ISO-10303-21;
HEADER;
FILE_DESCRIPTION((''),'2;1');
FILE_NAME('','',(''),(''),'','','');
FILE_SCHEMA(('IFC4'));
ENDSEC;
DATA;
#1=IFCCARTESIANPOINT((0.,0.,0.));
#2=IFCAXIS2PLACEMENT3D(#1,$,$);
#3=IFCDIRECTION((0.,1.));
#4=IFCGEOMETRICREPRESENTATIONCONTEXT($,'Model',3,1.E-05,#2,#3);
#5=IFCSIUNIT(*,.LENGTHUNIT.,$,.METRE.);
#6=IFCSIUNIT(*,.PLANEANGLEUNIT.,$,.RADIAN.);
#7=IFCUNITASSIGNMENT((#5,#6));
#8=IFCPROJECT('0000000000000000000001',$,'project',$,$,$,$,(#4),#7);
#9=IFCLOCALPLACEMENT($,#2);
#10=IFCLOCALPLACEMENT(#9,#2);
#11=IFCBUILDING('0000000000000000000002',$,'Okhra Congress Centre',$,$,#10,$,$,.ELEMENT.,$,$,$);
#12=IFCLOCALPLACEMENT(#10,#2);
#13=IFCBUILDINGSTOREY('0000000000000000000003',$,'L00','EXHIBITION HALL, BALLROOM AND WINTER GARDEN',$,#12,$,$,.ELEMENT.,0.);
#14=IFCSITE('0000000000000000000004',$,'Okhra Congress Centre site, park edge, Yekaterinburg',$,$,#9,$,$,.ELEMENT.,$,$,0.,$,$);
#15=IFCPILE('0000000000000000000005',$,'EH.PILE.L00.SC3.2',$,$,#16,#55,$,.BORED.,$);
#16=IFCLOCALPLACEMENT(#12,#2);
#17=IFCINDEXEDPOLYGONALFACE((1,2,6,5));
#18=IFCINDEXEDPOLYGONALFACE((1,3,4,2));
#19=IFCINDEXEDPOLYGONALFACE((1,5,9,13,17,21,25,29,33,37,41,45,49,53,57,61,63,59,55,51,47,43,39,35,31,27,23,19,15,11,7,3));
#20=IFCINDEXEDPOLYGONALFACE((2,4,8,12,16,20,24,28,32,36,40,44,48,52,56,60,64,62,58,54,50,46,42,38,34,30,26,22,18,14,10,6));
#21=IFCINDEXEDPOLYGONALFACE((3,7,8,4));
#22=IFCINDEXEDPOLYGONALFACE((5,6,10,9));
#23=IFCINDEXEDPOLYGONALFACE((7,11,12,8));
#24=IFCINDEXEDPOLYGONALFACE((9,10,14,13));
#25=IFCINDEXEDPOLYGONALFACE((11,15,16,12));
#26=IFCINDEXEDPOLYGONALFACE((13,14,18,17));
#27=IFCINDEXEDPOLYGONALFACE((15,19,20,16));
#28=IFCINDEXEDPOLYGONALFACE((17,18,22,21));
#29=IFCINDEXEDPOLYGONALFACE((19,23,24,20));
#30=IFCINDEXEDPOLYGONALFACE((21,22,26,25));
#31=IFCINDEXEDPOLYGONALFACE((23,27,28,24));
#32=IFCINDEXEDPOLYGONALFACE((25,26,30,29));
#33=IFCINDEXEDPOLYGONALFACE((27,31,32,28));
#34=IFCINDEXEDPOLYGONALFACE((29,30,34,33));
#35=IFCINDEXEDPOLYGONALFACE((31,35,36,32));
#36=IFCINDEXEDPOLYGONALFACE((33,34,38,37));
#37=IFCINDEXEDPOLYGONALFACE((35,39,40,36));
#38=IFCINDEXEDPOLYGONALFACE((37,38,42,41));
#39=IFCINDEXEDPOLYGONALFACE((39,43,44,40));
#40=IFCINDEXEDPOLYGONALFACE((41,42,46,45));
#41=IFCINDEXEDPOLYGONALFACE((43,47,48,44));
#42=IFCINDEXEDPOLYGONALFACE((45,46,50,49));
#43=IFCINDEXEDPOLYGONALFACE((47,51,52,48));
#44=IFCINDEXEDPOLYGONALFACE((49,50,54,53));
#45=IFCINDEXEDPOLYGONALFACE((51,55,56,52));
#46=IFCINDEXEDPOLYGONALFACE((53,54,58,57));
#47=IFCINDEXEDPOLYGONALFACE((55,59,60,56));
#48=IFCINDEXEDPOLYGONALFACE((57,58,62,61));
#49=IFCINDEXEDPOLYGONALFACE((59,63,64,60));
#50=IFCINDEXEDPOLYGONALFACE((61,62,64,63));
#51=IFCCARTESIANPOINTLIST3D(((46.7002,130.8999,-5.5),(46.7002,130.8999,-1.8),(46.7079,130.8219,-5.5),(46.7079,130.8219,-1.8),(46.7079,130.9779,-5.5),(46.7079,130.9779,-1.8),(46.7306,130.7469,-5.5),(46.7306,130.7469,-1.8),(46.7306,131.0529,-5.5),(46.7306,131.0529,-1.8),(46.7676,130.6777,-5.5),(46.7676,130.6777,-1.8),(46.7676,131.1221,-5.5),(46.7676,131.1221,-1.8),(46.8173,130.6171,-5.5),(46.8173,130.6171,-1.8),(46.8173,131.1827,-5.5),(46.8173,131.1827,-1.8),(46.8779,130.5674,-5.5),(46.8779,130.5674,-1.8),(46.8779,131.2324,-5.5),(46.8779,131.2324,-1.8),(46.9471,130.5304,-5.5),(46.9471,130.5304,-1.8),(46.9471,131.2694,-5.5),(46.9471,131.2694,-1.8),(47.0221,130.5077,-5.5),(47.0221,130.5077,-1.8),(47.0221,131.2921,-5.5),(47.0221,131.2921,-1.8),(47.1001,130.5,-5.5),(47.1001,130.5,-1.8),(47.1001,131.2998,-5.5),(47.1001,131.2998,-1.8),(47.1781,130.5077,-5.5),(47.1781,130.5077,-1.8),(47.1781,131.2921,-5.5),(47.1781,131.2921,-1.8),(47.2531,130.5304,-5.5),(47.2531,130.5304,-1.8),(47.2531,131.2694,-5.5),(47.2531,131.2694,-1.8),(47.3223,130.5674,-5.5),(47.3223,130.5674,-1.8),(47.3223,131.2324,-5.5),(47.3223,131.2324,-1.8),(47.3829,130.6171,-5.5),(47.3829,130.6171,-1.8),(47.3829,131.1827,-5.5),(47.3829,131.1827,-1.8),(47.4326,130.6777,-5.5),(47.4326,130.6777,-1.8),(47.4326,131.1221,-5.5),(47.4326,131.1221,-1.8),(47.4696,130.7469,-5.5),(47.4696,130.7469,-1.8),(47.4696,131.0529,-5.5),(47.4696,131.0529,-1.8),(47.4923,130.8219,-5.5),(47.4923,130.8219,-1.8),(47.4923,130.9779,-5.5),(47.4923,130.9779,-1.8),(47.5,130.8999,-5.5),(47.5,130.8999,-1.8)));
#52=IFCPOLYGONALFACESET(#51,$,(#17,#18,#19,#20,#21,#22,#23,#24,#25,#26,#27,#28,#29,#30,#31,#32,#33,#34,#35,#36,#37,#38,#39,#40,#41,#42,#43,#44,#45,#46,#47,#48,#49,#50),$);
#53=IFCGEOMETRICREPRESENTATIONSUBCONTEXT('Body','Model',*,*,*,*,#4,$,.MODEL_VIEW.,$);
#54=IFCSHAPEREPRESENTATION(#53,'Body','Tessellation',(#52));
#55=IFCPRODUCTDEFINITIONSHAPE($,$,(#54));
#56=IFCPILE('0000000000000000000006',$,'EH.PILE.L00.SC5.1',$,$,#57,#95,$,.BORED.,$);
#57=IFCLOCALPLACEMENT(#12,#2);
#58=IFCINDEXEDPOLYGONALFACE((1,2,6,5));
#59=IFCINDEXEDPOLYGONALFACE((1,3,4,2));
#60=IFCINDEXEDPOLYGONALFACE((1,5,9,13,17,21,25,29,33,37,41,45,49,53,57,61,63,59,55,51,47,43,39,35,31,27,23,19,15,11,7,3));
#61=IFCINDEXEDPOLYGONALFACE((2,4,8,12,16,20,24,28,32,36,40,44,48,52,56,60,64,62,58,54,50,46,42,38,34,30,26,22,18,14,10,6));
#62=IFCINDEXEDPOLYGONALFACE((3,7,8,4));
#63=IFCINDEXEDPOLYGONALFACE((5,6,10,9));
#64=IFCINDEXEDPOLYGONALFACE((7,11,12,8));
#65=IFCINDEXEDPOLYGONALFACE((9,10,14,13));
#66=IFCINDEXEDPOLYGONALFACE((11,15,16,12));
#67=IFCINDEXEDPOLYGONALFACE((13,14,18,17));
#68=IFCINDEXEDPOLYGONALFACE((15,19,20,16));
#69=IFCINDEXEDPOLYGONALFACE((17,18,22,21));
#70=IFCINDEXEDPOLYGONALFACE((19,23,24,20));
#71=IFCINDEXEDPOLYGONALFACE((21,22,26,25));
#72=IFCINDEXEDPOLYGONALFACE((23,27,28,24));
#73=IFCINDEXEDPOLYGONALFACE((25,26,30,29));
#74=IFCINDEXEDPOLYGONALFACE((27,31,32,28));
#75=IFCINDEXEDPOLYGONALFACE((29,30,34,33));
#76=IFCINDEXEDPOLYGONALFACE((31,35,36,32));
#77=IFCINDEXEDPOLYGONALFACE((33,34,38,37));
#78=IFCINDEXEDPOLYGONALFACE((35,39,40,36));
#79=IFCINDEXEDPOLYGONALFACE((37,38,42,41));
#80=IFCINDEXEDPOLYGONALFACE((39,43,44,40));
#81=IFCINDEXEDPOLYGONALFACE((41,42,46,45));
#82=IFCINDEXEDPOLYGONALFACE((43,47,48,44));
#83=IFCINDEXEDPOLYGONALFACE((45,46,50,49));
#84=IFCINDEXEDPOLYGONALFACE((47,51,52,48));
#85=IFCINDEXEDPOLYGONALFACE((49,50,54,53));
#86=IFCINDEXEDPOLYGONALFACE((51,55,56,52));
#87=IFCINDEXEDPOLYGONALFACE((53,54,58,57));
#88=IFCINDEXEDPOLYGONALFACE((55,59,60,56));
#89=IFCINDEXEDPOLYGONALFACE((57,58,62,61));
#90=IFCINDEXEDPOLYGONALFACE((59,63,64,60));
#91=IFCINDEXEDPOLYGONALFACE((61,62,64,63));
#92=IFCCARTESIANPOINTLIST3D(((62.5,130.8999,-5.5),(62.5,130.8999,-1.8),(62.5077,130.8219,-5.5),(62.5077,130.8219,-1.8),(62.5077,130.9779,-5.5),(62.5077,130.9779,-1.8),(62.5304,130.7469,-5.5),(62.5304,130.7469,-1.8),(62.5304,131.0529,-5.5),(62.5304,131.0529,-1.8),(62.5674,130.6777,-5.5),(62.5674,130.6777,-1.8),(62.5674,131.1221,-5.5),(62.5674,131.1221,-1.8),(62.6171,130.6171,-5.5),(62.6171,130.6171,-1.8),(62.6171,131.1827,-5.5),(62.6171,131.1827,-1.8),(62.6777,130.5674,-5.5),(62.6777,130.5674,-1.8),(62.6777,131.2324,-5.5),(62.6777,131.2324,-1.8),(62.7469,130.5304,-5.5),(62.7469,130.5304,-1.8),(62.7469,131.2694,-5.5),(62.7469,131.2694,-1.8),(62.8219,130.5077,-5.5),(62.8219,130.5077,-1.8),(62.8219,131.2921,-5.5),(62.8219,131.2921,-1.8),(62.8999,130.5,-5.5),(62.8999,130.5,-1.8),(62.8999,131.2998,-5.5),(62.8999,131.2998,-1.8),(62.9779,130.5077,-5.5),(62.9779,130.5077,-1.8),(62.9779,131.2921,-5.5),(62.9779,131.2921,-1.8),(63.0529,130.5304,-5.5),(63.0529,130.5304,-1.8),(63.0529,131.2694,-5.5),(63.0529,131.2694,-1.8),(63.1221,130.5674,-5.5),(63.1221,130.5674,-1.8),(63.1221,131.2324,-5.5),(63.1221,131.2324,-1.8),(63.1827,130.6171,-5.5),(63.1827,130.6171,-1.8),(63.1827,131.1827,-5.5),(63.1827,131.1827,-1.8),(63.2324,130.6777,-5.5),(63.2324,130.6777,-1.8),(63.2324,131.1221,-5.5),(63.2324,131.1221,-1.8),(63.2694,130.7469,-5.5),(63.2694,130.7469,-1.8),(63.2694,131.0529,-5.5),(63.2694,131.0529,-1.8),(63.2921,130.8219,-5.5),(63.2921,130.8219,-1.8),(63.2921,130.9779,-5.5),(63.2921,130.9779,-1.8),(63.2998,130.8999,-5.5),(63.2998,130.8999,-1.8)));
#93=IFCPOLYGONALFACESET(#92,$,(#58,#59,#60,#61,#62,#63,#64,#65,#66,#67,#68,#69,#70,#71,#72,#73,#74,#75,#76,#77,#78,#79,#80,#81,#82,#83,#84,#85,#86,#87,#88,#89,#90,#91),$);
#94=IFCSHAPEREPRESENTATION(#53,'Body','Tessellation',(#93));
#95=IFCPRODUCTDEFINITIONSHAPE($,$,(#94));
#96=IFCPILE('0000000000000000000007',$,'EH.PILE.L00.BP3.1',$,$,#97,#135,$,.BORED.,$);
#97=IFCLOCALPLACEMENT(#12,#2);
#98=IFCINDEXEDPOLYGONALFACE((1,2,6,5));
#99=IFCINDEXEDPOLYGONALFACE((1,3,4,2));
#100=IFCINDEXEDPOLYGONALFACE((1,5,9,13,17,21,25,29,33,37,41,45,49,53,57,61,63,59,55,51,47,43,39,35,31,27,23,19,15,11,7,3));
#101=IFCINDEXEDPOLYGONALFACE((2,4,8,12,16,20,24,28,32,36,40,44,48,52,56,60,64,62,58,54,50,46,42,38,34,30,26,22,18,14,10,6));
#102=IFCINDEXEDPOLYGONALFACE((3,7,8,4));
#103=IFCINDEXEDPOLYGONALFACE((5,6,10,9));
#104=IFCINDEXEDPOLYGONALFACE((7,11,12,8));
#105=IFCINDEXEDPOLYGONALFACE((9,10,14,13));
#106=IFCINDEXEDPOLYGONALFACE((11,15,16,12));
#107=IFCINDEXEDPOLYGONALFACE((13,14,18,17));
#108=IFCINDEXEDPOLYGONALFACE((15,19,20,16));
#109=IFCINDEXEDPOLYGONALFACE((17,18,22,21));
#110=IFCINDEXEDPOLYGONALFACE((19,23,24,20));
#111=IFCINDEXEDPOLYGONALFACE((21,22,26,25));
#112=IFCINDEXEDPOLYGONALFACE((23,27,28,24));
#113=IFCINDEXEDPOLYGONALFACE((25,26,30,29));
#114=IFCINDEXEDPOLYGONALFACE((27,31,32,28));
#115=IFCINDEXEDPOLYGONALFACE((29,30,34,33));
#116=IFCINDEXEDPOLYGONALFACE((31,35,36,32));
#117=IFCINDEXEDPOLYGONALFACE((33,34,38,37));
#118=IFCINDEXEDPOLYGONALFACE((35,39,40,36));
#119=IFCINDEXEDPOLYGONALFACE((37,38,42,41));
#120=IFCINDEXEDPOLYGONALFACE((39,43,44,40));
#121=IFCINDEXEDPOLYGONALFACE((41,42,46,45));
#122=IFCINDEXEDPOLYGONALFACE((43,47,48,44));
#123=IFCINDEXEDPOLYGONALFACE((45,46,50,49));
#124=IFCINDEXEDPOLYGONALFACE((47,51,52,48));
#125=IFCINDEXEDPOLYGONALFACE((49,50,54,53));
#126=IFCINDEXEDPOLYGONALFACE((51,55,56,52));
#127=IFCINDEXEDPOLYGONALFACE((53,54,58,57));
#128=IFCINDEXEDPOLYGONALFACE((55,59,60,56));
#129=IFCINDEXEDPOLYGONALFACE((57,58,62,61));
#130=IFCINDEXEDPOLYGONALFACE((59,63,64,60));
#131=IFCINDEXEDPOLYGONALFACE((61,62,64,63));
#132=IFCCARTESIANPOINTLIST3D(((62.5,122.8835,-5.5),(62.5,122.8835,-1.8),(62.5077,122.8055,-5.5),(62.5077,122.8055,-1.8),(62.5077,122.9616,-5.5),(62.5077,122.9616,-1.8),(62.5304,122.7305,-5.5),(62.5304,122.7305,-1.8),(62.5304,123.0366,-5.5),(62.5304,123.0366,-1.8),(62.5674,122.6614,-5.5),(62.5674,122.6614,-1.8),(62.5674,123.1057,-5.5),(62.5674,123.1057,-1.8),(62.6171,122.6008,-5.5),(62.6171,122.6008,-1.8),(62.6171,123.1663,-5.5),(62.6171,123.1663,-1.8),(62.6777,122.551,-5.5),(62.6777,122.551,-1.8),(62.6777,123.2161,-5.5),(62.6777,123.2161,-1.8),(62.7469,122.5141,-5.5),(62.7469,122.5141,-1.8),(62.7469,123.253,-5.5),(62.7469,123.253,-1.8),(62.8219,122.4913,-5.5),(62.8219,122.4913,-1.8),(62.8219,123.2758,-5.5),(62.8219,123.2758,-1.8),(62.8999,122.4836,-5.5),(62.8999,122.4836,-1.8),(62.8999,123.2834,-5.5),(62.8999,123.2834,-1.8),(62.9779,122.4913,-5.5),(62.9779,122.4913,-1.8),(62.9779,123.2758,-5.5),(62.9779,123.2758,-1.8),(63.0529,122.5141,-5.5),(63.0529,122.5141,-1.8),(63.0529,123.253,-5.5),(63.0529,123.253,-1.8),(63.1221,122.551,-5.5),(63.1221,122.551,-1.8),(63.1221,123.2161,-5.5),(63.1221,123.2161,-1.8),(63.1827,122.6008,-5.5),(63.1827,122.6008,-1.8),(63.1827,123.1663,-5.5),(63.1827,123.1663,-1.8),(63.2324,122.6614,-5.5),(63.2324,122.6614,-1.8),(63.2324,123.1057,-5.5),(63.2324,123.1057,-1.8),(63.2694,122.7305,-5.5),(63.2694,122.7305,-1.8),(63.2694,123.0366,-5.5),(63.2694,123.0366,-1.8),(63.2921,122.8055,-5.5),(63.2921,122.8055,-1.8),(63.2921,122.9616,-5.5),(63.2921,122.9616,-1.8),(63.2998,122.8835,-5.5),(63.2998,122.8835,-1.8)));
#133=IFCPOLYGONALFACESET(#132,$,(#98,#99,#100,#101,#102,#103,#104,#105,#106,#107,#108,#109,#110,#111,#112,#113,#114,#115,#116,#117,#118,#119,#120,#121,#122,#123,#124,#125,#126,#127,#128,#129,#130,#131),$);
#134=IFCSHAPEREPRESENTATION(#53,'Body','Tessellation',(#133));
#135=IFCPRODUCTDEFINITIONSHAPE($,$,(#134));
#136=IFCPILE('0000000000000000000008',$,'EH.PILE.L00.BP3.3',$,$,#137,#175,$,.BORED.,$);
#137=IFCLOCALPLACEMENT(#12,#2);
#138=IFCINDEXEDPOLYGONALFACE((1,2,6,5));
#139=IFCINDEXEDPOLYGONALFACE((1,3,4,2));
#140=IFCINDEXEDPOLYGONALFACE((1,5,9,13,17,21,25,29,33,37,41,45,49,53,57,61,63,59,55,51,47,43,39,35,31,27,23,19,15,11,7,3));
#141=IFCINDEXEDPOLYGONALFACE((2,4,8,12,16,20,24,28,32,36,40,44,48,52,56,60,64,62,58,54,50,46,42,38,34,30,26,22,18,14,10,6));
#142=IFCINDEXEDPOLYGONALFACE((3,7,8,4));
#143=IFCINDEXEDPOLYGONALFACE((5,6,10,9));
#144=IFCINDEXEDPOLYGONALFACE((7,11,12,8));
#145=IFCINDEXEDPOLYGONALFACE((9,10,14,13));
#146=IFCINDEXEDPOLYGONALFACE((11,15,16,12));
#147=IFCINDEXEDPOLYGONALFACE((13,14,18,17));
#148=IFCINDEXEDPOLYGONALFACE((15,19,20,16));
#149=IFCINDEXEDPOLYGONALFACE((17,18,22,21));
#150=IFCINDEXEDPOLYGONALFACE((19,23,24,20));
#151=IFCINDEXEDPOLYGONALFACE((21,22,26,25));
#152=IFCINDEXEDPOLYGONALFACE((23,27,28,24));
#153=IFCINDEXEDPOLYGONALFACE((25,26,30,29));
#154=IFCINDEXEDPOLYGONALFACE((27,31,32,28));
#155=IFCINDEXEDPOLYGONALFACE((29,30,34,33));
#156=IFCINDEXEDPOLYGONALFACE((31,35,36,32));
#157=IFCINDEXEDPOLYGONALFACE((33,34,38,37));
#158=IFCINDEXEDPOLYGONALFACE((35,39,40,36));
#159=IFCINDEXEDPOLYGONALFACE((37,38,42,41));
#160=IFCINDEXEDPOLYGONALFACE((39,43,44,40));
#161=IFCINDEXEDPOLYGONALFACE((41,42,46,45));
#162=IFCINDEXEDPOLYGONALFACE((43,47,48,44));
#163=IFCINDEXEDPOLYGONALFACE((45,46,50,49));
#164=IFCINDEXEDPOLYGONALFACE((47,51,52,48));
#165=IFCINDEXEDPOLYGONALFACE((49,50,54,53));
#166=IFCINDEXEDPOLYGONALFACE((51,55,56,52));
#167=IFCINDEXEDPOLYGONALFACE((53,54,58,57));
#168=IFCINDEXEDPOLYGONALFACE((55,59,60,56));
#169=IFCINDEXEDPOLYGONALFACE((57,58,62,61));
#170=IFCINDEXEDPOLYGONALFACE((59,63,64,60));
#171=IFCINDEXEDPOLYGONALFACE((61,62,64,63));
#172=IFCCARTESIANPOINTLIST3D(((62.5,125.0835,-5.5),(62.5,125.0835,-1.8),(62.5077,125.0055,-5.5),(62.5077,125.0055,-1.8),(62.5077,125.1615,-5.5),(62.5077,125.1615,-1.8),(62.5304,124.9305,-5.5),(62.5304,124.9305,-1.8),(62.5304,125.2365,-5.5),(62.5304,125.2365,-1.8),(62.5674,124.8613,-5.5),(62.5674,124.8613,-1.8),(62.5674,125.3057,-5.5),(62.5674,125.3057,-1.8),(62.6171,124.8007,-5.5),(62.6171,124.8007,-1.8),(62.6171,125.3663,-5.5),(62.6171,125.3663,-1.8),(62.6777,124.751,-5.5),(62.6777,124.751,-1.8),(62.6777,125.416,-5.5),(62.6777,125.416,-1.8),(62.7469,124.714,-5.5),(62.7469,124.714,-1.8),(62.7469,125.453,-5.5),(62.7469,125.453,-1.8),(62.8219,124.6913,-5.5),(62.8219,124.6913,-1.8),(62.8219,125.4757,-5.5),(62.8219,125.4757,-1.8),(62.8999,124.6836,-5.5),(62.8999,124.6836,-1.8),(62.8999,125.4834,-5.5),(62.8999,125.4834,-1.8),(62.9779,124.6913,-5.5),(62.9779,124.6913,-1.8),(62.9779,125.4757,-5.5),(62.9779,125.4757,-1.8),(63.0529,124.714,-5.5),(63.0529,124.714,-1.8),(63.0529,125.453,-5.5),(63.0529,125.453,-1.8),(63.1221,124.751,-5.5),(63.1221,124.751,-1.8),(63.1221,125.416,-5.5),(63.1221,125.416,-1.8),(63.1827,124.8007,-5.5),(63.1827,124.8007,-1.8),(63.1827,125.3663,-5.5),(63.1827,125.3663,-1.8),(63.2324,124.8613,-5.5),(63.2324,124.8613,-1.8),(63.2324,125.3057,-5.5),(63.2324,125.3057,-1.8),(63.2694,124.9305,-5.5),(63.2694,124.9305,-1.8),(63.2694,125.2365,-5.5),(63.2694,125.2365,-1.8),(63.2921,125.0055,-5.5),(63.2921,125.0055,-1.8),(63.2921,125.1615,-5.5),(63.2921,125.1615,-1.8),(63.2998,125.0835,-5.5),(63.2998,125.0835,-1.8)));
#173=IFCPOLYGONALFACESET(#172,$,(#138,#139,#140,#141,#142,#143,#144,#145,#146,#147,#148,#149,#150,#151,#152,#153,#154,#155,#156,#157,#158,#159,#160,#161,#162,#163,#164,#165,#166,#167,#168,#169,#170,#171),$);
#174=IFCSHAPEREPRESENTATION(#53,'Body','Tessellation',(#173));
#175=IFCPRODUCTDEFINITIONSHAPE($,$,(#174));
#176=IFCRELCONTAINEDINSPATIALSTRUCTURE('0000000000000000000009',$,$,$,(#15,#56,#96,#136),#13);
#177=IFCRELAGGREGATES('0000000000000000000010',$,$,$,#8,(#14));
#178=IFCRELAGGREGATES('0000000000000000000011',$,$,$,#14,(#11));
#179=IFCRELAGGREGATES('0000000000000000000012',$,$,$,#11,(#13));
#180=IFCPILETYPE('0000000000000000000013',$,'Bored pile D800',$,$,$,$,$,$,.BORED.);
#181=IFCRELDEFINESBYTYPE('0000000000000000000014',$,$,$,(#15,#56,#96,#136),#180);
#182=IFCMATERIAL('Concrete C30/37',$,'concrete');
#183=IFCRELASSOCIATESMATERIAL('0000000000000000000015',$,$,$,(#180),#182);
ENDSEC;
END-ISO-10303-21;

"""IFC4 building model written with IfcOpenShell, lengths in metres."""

from ifc_helpers import new_model, si_unit, direction, frame, origin, origin_2d, place, context, subcontext, project, spatial, circle, extrude, material, material_profile, profile_set, type_object, element, save


model = new_model("IFC4")

# Units and contexts
model_context = context("Model", 3, precision=1e-05, world=origin(), true_north=direction((0.0, 1.0)))
body_context = subcontext(model_context, "Body", "Model", "MODEL_VIEW")
ifc_project = project(units=[si_unit("LENGTHUNIT", "METRE"), si_unit("PLANEANGLEUNIT", "RADIAN")], contexts=[model_context])

# Site, building, storey
site_placement = place(None, origin())
site = spatial("IfcSite", under=ifc_project, at=site_placement, Name="Okhra Congress Centre site, park edge, Yekaterinburg", CompositionType="ELEMENT", RefElevation=0.0)
building_placement = place(site_placement, origin())
building = spatial("IfcBuilding", under=site, at=building_placement, Name="Okhra Congress Centre", CompositionType="ELEMENT")
storey_placement = place(building_placement, origin())
storey = spatial("IfcBuildingStorey", under=building, at=storey_placement, Name="L00", Description="EXHIBITION HALL, BALLROOM AND WINTER GARDEN", CompositionType="ELEMENT", Elevation=0.0)

# Piles
ifc_material_1 = material(Name="Concrete C30/37", Category="concrete")
ifc_material_profile_1 = material_profile(ifc_material_1, circle(Radius=0.3999, at=origin_2d()), Name="D800")
ifc_profile_set_1 = profile_set([ifc_material_profile_1], Name="Concrete C30/37")
pile_type_1 = type_object("IfcPileType", Name="Bored pile D800", PredefinedType="BORED", material=ifc_profile_set_1)
for number, where, z_axis, x_axis, name in (
    (1, (47.1001, 130.8999, -1.8), (0.0, 0.0, -1.0), (1.0, 0.0, 0.0), "EH.PILE.L00.SC3.2"),
    (2, (62.8999, 130.8999, -1.8), (0.0, 0.0, -1.0), (1.0, 0.0, 0.0), "EH.PILE.L00.SC5.1"),
    (3, (62.8999, 122.8835, -1.8), (0.0, 0.0, -1.0), (1.0, 0.0, 0.0), "EH.PILE.L00.BP3.1"),
    (4, (62.8999, 125.0835, -1.8), (0.0, 0.0, -1.0), (1.0, 0.0, 0.0), "EH.PILE.L00.BP3.3"),
):
    element("IfcPile", number, at=place(storey_placement, frame(where, z_axis=z_axis, x_axis=x_axis)), inside=storey, type_object=pile_type_1, Name=name, PredefinedType="BORED", context=body_context, shape_type="SweptSolid", body=[
        extrude(circle(Radius=0.3999, at=origin_2d()), origin(), (0.0, 0.0, 1.0), 3.7),
    ])

save(model, "model.ifc")
